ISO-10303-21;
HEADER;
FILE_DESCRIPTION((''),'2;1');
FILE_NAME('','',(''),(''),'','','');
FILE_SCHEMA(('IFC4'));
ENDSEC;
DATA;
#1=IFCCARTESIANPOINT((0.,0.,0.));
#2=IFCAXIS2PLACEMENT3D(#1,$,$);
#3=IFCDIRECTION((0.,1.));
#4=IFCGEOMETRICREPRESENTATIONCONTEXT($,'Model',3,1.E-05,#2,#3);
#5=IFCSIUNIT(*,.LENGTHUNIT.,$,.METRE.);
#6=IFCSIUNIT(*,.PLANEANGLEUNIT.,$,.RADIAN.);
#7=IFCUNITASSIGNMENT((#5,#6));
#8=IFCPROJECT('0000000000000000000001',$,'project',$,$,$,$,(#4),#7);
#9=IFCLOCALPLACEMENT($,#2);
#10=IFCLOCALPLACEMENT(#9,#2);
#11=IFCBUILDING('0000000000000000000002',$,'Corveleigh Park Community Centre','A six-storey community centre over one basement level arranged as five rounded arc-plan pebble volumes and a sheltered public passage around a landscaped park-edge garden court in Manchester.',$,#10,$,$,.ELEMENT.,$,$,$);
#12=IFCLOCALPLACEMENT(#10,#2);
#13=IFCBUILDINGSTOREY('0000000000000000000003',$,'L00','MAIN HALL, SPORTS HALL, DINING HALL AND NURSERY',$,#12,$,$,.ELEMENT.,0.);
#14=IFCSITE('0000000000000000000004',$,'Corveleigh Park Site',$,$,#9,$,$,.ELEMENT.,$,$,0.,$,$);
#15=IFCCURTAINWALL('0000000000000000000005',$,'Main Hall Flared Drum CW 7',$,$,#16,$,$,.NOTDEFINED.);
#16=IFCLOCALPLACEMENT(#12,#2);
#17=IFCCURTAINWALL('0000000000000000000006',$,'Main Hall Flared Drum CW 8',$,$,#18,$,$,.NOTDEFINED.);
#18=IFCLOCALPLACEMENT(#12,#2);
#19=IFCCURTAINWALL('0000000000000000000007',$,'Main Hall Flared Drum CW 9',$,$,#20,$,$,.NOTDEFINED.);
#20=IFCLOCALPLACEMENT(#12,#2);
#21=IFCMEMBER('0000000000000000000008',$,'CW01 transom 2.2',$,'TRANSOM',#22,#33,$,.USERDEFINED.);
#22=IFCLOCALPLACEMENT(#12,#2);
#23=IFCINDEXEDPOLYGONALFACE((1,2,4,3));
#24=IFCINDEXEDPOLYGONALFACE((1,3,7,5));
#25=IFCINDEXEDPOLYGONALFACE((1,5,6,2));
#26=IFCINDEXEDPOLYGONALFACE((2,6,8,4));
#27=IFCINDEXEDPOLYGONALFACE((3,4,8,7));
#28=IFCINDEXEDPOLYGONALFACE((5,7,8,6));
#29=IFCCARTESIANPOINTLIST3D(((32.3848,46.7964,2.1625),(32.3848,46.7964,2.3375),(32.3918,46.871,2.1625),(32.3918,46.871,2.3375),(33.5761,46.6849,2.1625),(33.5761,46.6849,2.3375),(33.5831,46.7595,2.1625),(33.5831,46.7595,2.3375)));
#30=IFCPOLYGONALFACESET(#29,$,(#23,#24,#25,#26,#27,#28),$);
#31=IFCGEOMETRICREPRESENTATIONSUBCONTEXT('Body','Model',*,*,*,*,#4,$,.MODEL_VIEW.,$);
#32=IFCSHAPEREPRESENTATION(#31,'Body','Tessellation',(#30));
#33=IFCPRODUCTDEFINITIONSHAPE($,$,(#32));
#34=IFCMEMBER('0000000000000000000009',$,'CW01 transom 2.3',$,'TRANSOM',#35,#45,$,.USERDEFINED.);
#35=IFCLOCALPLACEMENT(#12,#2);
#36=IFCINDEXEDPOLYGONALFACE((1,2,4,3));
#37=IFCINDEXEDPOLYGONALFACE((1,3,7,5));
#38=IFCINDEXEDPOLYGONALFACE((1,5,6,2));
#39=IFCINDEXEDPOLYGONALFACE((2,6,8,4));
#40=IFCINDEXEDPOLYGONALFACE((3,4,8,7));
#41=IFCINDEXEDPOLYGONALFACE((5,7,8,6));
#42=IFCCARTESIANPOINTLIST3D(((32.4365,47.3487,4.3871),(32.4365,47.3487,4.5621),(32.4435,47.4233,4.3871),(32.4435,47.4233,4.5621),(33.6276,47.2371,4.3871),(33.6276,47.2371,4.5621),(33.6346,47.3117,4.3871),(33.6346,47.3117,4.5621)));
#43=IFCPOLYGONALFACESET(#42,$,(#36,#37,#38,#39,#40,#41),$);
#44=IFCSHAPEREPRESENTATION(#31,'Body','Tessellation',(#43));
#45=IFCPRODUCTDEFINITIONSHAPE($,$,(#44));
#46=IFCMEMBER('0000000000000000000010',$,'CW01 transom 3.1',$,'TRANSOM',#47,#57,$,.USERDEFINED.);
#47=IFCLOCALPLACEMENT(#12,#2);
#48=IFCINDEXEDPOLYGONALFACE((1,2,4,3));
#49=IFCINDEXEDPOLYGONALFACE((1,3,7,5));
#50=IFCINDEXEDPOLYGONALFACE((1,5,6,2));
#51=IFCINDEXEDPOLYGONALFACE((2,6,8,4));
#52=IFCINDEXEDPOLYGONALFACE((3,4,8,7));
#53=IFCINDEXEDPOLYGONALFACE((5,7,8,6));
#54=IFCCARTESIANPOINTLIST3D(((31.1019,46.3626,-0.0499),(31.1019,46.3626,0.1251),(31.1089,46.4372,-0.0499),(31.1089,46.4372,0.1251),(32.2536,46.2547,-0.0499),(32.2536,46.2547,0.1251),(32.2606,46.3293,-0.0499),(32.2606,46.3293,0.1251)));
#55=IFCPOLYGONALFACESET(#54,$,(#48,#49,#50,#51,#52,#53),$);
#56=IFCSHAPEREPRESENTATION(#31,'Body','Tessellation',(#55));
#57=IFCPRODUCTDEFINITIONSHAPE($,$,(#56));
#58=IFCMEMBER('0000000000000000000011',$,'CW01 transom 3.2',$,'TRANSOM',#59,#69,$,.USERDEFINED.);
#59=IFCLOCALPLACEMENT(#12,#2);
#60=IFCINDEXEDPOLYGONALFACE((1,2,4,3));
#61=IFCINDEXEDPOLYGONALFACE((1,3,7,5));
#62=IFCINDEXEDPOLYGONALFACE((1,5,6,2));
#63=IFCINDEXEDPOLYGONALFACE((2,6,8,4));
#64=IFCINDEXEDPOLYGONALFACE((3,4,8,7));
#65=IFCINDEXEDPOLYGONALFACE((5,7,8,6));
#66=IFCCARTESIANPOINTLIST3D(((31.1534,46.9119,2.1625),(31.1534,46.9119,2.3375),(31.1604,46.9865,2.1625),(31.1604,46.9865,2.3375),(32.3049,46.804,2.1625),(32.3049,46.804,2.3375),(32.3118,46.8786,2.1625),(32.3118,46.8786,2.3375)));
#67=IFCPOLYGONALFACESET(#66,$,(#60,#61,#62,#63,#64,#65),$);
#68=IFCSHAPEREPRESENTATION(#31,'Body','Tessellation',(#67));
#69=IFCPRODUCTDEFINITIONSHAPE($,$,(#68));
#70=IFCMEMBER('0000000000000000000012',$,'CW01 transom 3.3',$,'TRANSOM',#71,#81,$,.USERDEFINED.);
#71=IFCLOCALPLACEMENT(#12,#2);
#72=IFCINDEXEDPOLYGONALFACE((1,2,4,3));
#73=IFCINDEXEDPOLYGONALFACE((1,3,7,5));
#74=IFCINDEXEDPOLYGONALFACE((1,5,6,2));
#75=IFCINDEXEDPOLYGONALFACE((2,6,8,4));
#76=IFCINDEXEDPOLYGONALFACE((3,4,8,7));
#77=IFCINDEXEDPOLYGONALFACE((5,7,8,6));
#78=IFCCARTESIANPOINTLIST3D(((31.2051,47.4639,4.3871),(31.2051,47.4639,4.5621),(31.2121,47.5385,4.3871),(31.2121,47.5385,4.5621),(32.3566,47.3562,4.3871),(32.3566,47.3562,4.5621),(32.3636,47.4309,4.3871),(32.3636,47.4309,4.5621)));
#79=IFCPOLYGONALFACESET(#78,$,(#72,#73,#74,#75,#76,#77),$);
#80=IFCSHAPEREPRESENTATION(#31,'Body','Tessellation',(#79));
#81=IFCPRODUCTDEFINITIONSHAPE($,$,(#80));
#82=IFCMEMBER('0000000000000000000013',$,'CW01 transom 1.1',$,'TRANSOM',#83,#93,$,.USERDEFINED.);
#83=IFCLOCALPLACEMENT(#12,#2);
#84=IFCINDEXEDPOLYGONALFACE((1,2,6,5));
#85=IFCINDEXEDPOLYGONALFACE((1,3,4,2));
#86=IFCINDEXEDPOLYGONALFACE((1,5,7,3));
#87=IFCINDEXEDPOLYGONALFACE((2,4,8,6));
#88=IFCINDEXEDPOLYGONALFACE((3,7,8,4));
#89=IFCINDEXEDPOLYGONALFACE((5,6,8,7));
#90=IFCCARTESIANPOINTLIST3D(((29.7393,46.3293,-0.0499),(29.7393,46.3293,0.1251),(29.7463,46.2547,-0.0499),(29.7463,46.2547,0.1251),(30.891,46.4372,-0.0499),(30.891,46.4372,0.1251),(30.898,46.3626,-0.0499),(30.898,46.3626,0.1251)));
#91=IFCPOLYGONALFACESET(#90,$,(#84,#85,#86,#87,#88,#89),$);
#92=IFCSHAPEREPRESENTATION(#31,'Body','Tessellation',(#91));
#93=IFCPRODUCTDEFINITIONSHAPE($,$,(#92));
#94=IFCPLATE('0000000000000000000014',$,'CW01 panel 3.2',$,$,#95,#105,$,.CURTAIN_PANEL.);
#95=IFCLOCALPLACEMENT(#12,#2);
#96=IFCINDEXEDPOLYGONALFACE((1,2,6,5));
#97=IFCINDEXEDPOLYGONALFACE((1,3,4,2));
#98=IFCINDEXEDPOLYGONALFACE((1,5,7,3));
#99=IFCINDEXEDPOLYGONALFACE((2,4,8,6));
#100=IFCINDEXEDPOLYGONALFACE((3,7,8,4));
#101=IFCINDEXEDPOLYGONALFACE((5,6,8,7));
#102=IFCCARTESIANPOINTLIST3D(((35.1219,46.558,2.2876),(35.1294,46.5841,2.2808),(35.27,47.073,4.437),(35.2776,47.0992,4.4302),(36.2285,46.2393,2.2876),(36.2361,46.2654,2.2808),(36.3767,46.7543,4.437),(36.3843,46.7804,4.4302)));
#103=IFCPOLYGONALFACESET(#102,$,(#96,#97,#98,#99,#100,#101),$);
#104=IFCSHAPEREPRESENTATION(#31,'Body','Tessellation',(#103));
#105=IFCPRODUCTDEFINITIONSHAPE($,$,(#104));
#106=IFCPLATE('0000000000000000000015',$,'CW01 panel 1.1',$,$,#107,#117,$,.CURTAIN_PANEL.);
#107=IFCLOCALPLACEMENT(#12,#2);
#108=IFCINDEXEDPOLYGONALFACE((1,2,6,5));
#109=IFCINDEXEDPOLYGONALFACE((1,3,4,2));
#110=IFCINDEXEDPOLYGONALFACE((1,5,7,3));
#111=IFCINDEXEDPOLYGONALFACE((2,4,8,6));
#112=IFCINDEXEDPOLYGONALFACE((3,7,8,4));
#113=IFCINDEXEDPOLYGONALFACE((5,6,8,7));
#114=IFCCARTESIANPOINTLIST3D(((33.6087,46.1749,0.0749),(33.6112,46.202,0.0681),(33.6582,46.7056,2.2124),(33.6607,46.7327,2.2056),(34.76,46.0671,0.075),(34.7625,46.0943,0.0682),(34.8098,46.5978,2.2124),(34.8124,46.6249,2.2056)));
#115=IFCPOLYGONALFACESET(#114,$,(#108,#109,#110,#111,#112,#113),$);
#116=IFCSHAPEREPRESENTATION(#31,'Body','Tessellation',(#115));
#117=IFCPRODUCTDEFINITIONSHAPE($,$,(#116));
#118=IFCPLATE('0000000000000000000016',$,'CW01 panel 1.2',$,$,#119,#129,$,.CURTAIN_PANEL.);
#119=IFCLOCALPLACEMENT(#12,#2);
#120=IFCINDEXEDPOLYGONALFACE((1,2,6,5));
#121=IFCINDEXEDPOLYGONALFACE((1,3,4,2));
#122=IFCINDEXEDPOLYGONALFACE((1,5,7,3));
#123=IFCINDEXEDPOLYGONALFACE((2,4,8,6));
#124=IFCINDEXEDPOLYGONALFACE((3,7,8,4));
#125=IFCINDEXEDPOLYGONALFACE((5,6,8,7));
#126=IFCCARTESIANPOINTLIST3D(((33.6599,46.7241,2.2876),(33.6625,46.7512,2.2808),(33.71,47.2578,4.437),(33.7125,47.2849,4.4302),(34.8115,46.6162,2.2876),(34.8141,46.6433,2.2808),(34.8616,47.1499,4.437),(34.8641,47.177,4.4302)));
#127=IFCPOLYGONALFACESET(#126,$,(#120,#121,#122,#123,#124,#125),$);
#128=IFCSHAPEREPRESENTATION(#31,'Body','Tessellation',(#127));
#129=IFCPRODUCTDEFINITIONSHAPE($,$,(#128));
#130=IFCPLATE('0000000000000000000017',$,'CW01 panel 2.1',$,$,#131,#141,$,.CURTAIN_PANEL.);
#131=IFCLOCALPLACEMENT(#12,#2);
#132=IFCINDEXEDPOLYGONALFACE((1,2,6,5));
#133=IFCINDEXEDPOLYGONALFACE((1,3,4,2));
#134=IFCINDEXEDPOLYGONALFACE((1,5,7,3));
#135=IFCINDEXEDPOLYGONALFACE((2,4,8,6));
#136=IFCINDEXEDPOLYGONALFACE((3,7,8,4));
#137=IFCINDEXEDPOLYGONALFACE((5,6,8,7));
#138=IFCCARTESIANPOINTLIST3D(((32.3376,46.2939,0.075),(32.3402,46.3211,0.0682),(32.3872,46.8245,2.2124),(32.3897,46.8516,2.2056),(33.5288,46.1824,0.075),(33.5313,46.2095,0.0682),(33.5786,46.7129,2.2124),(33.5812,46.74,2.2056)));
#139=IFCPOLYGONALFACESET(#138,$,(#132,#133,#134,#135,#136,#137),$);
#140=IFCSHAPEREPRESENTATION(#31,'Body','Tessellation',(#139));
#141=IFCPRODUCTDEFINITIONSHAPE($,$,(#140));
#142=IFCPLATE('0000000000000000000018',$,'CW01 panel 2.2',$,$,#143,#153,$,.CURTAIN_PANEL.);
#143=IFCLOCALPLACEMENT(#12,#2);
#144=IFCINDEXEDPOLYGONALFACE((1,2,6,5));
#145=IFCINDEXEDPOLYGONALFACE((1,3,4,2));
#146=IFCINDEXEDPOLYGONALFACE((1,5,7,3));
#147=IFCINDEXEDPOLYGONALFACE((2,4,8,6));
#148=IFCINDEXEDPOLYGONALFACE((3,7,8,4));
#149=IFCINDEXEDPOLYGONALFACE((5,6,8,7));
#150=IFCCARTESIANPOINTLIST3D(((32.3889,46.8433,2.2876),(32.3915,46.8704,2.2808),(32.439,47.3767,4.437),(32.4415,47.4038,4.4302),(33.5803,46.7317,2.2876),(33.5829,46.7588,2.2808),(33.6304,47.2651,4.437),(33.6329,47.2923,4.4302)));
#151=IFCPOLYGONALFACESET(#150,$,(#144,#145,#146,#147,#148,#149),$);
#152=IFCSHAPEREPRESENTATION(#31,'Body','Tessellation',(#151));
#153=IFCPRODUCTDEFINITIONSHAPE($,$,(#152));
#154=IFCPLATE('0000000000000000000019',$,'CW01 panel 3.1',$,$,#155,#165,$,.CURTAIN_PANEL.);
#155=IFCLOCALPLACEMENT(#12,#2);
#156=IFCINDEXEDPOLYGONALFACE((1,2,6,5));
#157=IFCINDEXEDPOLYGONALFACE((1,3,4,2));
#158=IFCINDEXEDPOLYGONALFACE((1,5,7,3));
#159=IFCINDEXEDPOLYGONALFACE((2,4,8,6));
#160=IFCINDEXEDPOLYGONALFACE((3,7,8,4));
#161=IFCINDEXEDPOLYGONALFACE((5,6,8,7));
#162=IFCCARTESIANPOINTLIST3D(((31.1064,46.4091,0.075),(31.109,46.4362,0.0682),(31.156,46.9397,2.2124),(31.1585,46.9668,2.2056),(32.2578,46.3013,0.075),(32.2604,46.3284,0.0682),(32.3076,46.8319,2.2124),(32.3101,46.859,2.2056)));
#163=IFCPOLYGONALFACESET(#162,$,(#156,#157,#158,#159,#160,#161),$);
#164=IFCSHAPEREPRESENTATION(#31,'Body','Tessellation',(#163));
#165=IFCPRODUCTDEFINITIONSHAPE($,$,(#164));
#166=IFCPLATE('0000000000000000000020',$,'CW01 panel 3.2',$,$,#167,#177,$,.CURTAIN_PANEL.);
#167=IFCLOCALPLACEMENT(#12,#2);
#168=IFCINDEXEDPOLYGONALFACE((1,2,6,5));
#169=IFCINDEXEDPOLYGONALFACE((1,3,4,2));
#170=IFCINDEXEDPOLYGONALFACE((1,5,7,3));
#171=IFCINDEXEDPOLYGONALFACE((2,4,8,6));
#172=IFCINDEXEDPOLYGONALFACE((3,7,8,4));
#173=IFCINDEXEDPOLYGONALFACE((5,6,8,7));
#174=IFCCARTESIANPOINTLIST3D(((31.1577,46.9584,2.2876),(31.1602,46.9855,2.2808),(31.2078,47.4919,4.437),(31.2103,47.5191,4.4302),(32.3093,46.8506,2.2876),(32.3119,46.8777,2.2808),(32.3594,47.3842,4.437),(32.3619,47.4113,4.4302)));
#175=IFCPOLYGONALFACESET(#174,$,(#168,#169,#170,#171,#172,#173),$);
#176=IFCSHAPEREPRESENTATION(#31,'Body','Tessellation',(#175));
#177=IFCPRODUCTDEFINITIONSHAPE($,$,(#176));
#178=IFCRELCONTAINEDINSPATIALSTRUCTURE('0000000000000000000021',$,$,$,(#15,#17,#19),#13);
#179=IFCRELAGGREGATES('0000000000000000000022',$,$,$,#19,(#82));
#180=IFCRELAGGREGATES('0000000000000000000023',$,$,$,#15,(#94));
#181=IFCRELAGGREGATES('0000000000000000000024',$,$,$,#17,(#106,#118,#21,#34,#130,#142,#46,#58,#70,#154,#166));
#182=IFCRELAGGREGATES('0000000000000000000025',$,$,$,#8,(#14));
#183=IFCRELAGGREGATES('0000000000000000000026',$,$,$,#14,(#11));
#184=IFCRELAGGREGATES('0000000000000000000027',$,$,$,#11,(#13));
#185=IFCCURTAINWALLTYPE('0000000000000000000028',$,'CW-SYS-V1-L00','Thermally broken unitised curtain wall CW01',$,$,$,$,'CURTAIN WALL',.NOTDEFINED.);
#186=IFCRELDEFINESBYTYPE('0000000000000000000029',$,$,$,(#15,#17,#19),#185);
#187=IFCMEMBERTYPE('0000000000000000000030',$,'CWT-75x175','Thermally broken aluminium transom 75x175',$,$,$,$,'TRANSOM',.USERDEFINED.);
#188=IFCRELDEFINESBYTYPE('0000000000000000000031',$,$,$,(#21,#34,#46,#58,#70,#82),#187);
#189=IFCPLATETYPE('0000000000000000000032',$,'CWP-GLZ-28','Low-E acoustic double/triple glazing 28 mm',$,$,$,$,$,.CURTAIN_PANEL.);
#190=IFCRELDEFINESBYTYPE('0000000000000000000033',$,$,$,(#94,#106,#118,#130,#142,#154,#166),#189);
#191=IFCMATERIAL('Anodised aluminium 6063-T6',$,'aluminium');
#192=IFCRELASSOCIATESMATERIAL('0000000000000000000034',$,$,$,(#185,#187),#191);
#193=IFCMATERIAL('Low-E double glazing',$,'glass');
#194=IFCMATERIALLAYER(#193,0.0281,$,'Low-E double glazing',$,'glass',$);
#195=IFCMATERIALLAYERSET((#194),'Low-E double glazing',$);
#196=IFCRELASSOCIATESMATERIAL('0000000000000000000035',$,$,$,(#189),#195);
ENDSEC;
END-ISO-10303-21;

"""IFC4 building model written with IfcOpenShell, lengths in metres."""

from ifc_helpers import new_model, si_unit, direction, frame, origin, origin_2d, place, context, subcontext, project, spatial, polyline, rectangle, outline, extrude, material, layer, layer_set, material_profile, profile_set, type_object, element, aggregate, save


model = new_model("IFC4")

# Units and contexts
model_context = context("Model", 3, precision=1e-05, world=origin(), true_north=direction((0.0, 1.0)))
body_context = subcontext(model_context, "Body", "Model", "MODEL_VIEW")
ifc_project = project(units=[si_unit("LENGTHUNIT", "METRE"), si_unit("PLANEANGLEUNIT", "RADIAN")], contexts=[model_context])

# Site, building, storey
site_placement = place(None, origin())
site = spatial("IfcSite", under=ifc_project, at=site_placement, Name="Corveleigh Park Site", CompositionType="ELEMENT", RefElevation=0.0)
building_placement = place(site_placement, origin())
building = spatial("IfcBuilding", under=site, at=building_placement, Name="Corveleigh Park Community Centre", Description="A six-storey community centre over one basement level arranged as five rounded arc-plan pebble volumes and a sheltered public passage around a landscaped park-edge garden court in Manchester.", CompositionType="ELEMENT")
storey_placement = place(building_placement, origin())
storey = spatial("IfcBuildingStorey", under=building, at=storey_placement, Name="L00", Description="MAIN HALL, SPORTS HALL, DINING HALL AND NURSERY", CompositionType="ELEMENT", Elevation=0.0)

# Curtain wall
ifc_material_1 = material(Name="Anodised aluminium 6063-T6", Category="aluminium")
curtain_wall_type = type_object("IfcCurtainWallType", Name="CW-SYS-V1-L00", Description="Thermally broken unitised curtain wall CW01", ElementType="CURTAIN WALL", PredefinedType="NOTDEFINED", material=ifc_material_1)
curtain_wall_1_placement = place(storey_placement, origin())
curtain_wall_1 = element("IfcCurtainWall", 1, at=curtain_wall_1_placement, inside=storey, type_object=curtain_wall_type, Name="Main Hall Flared Drum CW 7", PredefinedType="NOTDEFINED")

# Curtain wall
curtain_wall_2_placement = place(storey_placement, origin())
curtain_wall_2 = element("IfcCurtainWall", 2, at=curtain_wall_2_placement, inside=storey, type_object=curtain_wall_type, Name="Main Hall Flared Drum CW 8", PredefinedType="NOTDEFINED")

# Curtain wall
curtain_wall_3_placement = place(storey_placement, origin())
curtain_wall_3 = element("IfcCurtainWall", 3, at=curtain_wall_3_placement, inside=storey, type_object=curtain_wall_type, Name="Main Hall Flared Drum CW 9", PredefinedType="NOTDEFINED")

# Members
ifc_material_profile_1 = material_profile(ifc_material_1, rectangle(XDim=0.075, YDim=0.175, at=origin_2d()), Name="ALU-T75x175", Category="aluminium")
ifc_profile_set_1 = profile_set([ifc_material_profile_1], Name="Anodised aluminium 6063-T6")
member_type_1 = type_object("IfcMemberType", Name="CWT-75x175", Description="Thermally broken aluminium transom 75x175", ElementType="TRANSOM", PredefinedType="USERDEFINED", material=ifc_profile_set_1)
member_1_placement = place(storey_placement, frame((33.5796, 46.7222, 2.25), z_axis=(-0.995644, 0.09324, 0.0), x_axis=(-0.09324, -0.995644, 0.0)))
member_1 = element("IfcMember", 4, at=member_1_placement, type_object=member_type_1, Name="CW01 transom 2.2", ObjectType="TRANSOM", PredefinedType="USERDEFINED", context=body_context, shape_type="SweptSolid", body=[
    extrude(rectangle(XDim=0.075, YDim=0.175, at=origin_2d()), origin(), (0.0, 0.0, 1.0), 1.1965),
])
member_2_placement = place(storey_placement, frame((33.6311, 47.2744, 4.4746), z_axis=(-0.995642, 0.093259, 0.0), x_axis=(-0.093259, -0.995642, 0.0)))
member_2 = element("IfcMember", 5, at=member_2_placement, type_object=member_type_1, Name="CW01 transom 2.3", ObjectType="TRANSOM", PredefinedType="USERDEFINED", context=body_context, shape_type="SweptSolid", body=[
    extrude(rectangle(XDim=0.075, YDim=0.175, at=origin_2d()), origin(), (0.0, 0.0, 1.0), 1.1963),
])
member_3_placement = place(storey_placement, frame((32.2571, 46.292, 0.0376), z_axis=(-0.995639, 0.093295, 0.0), x_axis=(-0.093295, -0.995639, 0.0)))
member_3 = element("IfcMember", 6, at=member_3_placement, type_object=member_type_1, Name="CW01 transom 3.1", ObjectType="TRANSOM", PredefinedType="USERDEFINED", context=body_context, shape_type="SweptSolid", body=[
    extrude(rectangle(XDim=0.075, YDim=0.175, at=origin_2d()), origin(), (0.0, 0.0, 1.0), 1.1567),
])
member_4_placement = place(storey_placement, frame((32.3083, 46.8413, 2.25), z_axis=(-0.995637, 0.093315, 0.0), x_axis=(-0.093315, -0.995637, 0.0)))
member_4 = element("IfcMember", 7, at=member_4_placement, type_object=member_type_1, Name="CW01 transom 3.2", ObjectType="TRANSOM", PredefinedType="USERDEFINED", context=body_context, shape_type="SweptSolid", body=[
    extrude(rectangle(XDim=0.075, YDim=0.175, at=origin_2d()), origin(), (0.0, 0.0, 1.0), 1.1565),
])
member_5_placement = place(storey_placement, frame((32.3601, 47.3936, 4.4746), z_axis=(-0.995656, 0.093105, 0.0), x_axis=(-0.093105, -0.995656, 0.0)))
member_5 = element("IfcMember", 8, at=member_5_placement, type_object=member_type_1, Name="CW01 transom 3.3", ObjectType="TRANSOM", PredefinedType="USERDEFINED", context=body_context, shape_type="SweptSolid", body=[
    extrude(rectangle(XDim=0.075, YDim=0.175, at=origin_2d()), origin(), (0.0, 0.0, 1.0), 1.1565),
])
member_6_placement = place(storey_placement, frame((30.8945, 46.3999, 0.0376), z_axis=(-0.995639, -0.093295, 0.0), x_axis=(0.093295, -0.995639, 0.0)))
member_6 = element("IfcMember", 9, at=member_6_placement, type_object=member_type_1, Name="CW01 transom 1.1", ObjectType="TRANSOM", PredefinedType="USERDEFINED", context=body_context, shape_type="SweptSolid", body=[
    extrude(rectangle(XDim=0.075, YDim=0.175, at=origin_2d()), origin(), (0.0, 0.0, 1.0), 1.1567),
])
aggregate(curtain_wall_3, [member_6])

# Plates
ifc_material_2 = material(Name="Low-E double glazing", Category="glass")
ifc_layer_1 = layer(ifc_material_2, 0.0281, Name="Low-E double glazing", Category="glass")
ifc_layer_set_1 = layer_set([ifc_layer_1], Name="Low-E double glazing")
plate_type = type_object("IfcPlateType", Name="CWP-GLZ-28", Description="Low-E acoustic double/triple glazing 28 mm", PredefinedType="CURTAIN_PANEL", material=ifc_layer_set_1)
plate_1_placement = place(storey_placement, frame((36.2285, 46.2393, 2.2876), z_axis=(-0.26853, -0.932397, 0.241923), x_axis=(-0.960943, 0.276745, -0.000024)))
plate_1 = element("IfcPlate", 10, at=plate_1_placement, type_object=plate_type, Name="CW01 panel 3.2", PredefinedType="CURTAIN_PANEL", context=body_context, shape_type="SweptSolid", body=[
    extrude(outline(polyline([(0.0, 0.0), (1.1516, 0.0), (1.1517, -2.2152), (0.0, -2.2152), (0.0, 0.0)])), origin(), (0.0, 0.0, -1.0), 0.0281),
])
aggregate(curtain_wall_1, [plate_1])
plate_2_placement = place(storey_placement, frame((34.76, 46.0671, 0.075), z_axis=(-0.090431, -0.966069, 0.241936), x_axis=(-0.995648, 0.093195, -0.000022)))
plate_2 = element("IfcPlate", 11, at=plate_2_placement, type_object=plate_type, Name="CW01 panel 1.1", PredefinedType="CURTAIN_PANEL", context=body_context, shape_type="SweptSolid", body=[
    extrude(outline(polyline([(0.0, 0.0), (1.1564, 0.0), (1.1565, -2.2029), (-0.0002, -2.2029), (0.0, 0.0)])), origin(), (0.0, 0.0, -1.0), 0.0281),
])
plate_3_placement = place(storey_placement, frame((34.8115, 46.6162, 2.2876), z_axis=(-0.090522, -0.966051, 0.241975), x_axis=(-0.995639, 0.093295, 0.0)))
plate_3 = element("IfcPlate", 12, at=plate_3_placement, type_object=plate_type, Name="CW01 panel 1.2", PredefinedType="CURTAIN_PANEL", context=body_context, shape_type="SweptSolid", body=[
    extrude(outline(polyline([(0.0, 0.0), (1.1567, 0.0), (1.1566, -2.2152), (0.0, -2.2152), (0.0, 0.0)])), origin(), (0.0, 0.0, -1.0), 0.0281),
])
plate_4_placement = place(storey_placement, frame((33.5288, 46.1824, 0.075), z_axis=(-0.09048, -0.966077, 0.241884), x_axis=(-0.995643, 0.09325, 0.000002)))
plate_4 = element("IfcPlate", 13, at=plate_4_placement, type_object=plate_type, Name="CW01 panel 2.1", PredefinedType="CURTAIN_PANEL", context=body_context, shape_type="SweptSolid", body=[
    extrude(outline(polyline([(0.0, 0.0), (1.1964, 0.0), (1.1965, -2.2029), (-0.0001, -2.2029), (0.0, 0.0)])), origin(), (0.0, 0.0, -1.0), 0.0281),
])
plate_5_placement = place(storey_placement, frame((33.5803, 46.7317, 2.2876), z_axis=(-0.090471, -0.966081, 0.241871), x_axis=(-0.995644, 0.09324, 0.0)))
plate_5 = element("IfcPlate", 14, at=plate_5_placement, type_object=plate_type, Name="CW01 panel 2.2", PredefinedType="CURTAIN_PANEL", context=body_context, shape_type="SweptSolid", body=[
    extrude(outline(polyline([(0.0, 0.0), (1.1966, 0.0), (1.1965, -2.2152), (-0.0001, -2.2152), (0.0, 0.0)])), origin(), (0.0, 0.0, -1.0), 0.0281),
])
plate_6_placement = place(storey_placement, frame((32.2578, 46.3013, 0.075), z_axis=(-0.090431, -0.966069, 0.241936), x_axis=(-0.995647, 0.093207, 0.000027)))
plate_6 = element("IfcPlate", 15, at=plate_6_placement, type_object=plate_type, Name="CW01 panel 3.1", PredefinedType="CURTAIN_PANEL", context=body_context, shape_type="SweptSolid", body=[
    extrude(outline(polyline([(0.0, 0.0), (1.1564, 0.0), (1.1566, -2.2029), (-0.0001, -2.2029), (0.0, 0.0)])), origin(), (0.0, 0.0, -1.0), 0.0281),
])
plate_7_placement = place(storey_placement, frame((32.3093, 46.8506, 2.2876), z_axis=(-0.090422, -0.966073, 0.241923), x_axis=(-0.995648, 0.093196, 0.000025)))
plate_7 = element("IfcPlate", 16, at=plate_7_placement, type_object=plate_type, Name="CW01 panel 3.2", PredefinedType="CURTAIN_PANEL", context=body_context, shape_type="SweptSolid", body=[
    extrude(outline(polyline([(0.0, 0.0), (1.1567, 0.0), (1.1566, -2.2152), (0.0, -2.2152), (0.0, 0.0)])), origin(), (0.0, 0.0, -1.0), 0.0281),
])
aggregate(curtain_wall_2, [plate_2, plate_3, member_1, member_2, plate_4, plate_5, member_3, member_4, member_5, plate_6, plate_7])

save(model, "model.ifc")
